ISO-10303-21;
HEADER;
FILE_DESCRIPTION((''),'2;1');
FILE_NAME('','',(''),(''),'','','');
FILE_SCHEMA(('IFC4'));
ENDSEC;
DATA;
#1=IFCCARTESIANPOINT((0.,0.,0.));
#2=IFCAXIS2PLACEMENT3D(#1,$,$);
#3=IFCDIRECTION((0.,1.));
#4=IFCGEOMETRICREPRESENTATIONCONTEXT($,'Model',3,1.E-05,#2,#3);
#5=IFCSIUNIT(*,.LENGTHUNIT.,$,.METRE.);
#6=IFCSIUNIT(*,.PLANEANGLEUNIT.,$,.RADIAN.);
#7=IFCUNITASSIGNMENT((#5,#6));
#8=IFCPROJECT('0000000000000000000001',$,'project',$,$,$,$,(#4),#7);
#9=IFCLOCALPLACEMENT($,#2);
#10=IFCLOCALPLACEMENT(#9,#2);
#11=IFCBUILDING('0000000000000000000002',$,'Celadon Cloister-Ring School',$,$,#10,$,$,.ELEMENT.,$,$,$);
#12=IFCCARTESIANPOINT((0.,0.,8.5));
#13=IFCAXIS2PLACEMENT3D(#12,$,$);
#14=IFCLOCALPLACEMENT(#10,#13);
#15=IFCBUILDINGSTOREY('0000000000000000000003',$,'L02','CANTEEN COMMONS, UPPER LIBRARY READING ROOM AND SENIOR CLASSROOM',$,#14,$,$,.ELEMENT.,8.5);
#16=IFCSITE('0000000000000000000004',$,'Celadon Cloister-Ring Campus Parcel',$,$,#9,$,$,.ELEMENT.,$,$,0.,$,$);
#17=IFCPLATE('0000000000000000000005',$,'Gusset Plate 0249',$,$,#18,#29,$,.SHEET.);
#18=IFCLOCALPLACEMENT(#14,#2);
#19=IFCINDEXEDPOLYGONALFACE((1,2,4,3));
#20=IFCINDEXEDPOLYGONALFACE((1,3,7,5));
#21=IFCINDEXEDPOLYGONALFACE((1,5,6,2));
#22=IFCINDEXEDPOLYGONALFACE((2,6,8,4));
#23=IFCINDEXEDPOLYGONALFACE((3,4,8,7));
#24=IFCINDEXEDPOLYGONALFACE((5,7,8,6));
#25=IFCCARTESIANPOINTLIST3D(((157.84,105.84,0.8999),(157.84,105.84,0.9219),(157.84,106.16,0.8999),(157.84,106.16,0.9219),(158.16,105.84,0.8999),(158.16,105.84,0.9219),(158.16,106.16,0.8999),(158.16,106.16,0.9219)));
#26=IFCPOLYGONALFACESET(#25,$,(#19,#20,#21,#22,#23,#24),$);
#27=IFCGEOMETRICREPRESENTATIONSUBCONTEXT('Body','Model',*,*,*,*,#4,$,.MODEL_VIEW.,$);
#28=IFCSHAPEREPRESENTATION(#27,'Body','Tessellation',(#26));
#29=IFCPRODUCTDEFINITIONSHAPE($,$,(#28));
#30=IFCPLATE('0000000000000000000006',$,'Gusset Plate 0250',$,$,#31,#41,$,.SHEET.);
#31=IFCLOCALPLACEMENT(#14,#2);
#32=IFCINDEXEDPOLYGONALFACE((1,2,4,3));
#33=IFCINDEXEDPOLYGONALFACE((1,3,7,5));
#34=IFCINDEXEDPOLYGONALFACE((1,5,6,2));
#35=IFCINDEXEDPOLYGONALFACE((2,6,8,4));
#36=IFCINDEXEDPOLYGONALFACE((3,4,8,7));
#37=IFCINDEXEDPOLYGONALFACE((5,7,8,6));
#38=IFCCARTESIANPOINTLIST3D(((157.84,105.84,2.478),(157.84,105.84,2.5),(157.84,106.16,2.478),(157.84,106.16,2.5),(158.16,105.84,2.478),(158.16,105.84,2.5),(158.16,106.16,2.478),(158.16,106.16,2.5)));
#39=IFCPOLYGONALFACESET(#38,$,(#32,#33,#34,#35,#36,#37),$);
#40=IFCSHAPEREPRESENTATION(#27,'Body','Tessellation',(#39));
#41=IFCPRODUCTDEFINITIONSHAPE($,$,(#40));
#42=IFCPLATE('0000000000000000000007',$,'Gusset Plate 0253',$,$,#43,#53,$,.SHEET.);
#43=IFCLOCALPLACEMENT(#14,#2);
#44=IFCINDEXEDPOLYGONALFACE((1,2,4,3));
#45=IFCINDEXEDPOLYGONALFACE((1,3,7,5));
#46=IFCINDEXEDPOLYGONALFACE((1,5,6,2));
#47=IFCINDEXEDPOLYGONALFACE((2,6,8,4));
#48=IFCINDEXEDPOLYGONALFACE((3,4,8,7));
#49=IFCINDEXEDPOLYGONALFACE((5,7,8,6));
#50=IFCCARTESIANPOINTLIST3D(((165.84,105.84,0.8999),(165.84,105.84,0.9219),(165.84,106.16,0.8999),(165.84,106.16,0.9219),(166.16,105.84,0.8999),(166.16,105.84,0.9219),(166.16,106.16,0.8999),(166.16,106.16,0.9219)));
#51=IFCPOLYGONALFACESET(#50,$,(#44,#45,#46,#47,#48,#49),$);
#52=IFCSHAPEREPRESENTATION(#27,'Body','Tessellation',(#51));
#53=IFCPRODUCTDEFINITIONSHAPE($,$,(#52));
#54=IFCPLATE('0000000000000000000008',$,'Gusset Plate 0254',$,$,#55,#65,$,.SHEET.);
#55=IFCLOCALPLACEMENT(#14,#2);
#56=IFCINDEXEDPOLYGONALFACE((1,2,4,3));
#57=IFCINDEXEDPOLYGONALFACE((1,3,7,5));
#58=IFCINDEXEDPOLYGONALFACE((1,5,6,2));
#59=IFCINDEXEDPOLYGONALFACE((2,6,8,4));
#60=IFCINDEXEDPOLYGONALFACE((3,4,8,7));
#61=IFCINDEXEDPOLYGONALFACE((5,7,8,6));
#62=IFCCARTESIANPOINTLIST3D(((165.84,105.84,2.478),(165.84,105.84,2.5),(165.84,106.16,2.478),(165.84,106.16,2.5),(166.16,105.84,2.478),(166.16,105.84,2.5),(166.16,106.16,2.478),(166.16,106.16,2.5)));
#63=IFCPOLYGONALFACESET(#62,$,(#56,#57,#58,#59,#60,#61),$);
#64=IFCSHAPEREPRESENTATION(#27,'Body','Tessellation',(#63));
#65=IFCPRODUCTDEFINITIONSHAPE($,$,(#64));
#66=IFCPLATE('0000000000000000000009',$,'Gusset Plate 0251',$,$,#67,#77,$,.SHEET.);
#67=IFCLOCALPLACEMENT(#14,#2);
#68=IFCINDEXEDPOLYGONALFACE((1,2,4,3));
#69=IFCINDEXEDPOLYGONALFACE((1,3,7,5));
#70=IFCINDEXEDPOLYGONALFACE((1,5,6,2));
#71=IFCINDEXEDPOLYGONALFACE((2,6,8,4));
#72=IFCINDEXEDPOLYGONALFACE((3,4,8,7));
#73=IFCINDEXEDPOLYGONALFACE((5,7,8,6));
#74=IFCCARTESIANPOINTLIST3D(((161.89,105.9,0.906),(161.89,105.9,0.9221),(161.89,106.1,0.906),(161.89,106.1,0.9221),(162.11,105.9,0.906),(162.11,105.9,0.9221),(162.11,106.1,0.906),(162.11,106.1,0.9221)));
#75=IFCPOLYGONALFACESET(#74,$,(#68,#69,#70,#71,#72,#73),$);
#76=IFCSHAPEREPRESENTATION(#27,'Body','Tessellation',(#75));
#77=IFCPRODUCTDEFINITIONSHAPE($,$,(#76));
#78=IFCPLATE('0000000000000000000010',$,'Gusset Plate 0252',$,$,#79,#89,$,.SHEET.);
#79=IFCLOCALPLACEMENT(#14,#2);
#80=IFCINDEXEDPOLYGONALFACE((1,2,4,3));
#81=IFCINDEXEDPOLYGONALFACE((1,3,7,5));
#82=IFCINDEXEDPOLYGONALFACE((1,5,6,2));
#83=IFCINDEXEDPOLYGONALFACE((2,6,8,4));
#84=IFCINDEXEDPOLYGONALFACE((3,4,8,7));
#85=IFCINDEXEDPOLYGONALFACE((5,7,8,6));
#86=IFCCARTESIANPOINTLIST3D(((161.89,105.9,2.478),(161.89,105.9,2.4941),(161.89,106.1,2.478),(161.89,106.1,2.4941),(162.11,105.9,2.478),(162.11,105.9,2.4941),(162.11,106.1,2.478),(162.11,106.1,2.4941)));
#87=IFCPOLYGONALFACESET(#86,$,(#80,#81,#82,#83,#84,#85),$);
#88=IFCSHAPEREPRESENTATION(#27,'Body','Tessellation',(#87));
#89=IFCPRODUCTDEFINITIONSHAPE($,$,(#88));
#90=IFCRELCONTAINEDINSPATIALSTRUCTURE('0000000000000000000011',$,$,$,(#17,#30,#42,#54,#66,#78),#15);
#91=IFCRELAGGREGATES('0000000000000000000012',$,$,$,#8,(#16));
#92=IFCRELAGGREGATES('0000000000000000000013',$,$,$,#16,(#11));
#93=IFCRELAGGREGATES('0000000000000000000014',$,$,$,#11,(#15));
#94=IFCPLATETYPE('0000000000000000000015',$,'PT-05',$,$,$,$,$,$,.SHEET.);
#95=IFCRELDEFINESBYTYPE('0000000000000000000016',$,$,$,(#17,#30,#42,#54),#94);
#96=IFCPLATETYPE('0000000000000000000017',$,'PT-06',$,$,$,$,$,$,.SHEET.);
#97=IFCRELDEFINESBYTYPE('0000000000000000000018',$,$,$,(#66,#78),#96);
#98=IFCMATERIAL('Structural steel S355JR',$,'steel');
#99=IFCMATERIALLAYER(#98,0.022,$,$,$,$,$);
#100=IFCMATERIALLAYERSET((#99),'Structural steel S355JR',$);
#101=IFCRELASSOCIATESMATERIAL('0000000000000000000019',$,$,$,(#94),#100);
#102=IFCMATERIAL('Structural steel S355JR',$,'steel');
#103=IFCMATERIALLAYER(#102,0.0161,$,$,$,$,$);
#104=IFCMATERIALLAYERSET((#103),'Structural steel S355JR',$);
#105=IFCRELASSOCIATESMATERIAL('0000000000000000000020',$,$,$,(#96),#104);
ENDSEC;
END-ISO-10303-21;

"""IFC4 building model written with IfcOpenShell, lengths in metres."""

from ifc_helpers import new_model, si_unit, direction, frame, origin, origin_2d, place, context, subcontext, project, spatial, rectangle, extrude, material, layer, layer_set, type_object, element, save


model = new_model("IFC4")

# Units and contexts
model_context = context("Model", 3, precision=1e-05, world=origin(), true_north=direction((0.0, 1.0)))
body_context = subcontext(model_context, "Body", "Model", "MODEL_VIEW")
ifc_project = project(units=[si_unit("LENGTHUNIT", "METRE"), si_unit("PLANEANGLEUNIT", "RADIAN")], contexts=[model_context])

# Site, building, storey
site_placement = place(None, origin())
site = spatial("IfcSite", under=ifc_project, at=site_placement, Name="Celadon Cloister-Ring Campus Parcel", CompositionType="ELEMENT", RefElevation=0.0)
building_placement = place(site_placement, origin())
building = spatial("IfcBuilding", under=site, at=building_placement, Name="Celadon Cloister-Ring School", CompositionType="ELEMENT")
storey_placement = place(building_placement, frame((0.0, 0.0, 8.5)))
storey = spatial("IfcBuildingStorey", under=building, at=storey_placement, Name="L02", Description="CANTEEN COMMONS, UPPER LIBRARY READING ROOM AND SENIOR CLASSROOM", CompositionType="ELEMENT", Elevation=8.5)

# Plates
ifc_material_1 = material(Name="Structural steel S355JR", Category="steel")
ifc_layer_1 = layer(ifc_material_1, 0.022)
ifc_layer_set_1 = layer_set([ifc_layer_1], Name="Structural steel S355JR")
plate_type_1 = type_object("IfcPlateType", Name="PT-05", PredefinedType="SHEET", material=ifc_layer_set_1)
for number, where, z_axis, x_axis, name in (
    (1, (158.0, 106.0, 0.8999), (0.0, 0.0, 1.0), (1.0, 0.0, 0.0), "Gusset Plate 0249"),
    (2, (158.0, 106.0, 2.478), (0.0, 0.0, 1.0), (1.0, 0.0, 0.0), "Gusset Plate 0250"),
    (3, (166.0, 106.0, 0.8999), (0.0, 0.0, 1.0), (1.0, 0.0, 0.0), "Gusset Plate 0253"),
    (4, (166.0, 106.0, 2.478), (0.0, 0.0, 1.0), (1.0, 0.0, 0.0), "Gusset Plate 0254"),
):
    element("IfcPlate", number, at=place(storey_placement, frame(where, z_axis=z_axis, x_axis=x_axis)), inside=storey, type_object=plate_type_1, Name=name, PredefinedType="SHEET", context=body_context, shape_type="SweptSolid", body=[
        extrude(rectangle(XDim=0.3201, YDim=0.3201, at=origin_2d()), origin(), (0.0, 0.0, 1.0), 0.022),
    ])
ifc_material_2 = material(Name="Structural steel S355JR", Category="steel")
ifc_layer_2 = layer(ifc_material_2, 0.0161)
ifc_layer_set_2 = layer_set([ifc_layer_2], Name="Structural steel S355JR")
plate_type_2 = type_object("IfcPlateType", Name="PT-06", PredefinedType="SHEET", material=ifc_layer_set_2)
for number, where, z_axis, x_axis, name in (
    (5, (162.0, 106.0, 0.906), (0.0, 0.0, 1.0), (1.0, 0.0, 0.0), "Gusset Plate 0251"),
    (6, (162.0, 106.0, 2.478), (0.0, 0.0, 1.0), (1.0, 0.0, 0.0), "Gusset Plate 0252"),
):
    element("IfcPlate", number, at=place(storey_placement, frame(where, z_axis=z_axis, x_axis=x_axis)), inside=storey, type_object=plate_type_2, Name=name, PredefinedType="SHEET", context=body_context, shape_type="SweptSolid", body=[
        extrude(rectangle(XDim=0.22, YDim=0.2, at=origin_2d()), origin(), (0.0, 0.0, 1.0), 0.0161),
    ])

save(model, "model.ifc")
